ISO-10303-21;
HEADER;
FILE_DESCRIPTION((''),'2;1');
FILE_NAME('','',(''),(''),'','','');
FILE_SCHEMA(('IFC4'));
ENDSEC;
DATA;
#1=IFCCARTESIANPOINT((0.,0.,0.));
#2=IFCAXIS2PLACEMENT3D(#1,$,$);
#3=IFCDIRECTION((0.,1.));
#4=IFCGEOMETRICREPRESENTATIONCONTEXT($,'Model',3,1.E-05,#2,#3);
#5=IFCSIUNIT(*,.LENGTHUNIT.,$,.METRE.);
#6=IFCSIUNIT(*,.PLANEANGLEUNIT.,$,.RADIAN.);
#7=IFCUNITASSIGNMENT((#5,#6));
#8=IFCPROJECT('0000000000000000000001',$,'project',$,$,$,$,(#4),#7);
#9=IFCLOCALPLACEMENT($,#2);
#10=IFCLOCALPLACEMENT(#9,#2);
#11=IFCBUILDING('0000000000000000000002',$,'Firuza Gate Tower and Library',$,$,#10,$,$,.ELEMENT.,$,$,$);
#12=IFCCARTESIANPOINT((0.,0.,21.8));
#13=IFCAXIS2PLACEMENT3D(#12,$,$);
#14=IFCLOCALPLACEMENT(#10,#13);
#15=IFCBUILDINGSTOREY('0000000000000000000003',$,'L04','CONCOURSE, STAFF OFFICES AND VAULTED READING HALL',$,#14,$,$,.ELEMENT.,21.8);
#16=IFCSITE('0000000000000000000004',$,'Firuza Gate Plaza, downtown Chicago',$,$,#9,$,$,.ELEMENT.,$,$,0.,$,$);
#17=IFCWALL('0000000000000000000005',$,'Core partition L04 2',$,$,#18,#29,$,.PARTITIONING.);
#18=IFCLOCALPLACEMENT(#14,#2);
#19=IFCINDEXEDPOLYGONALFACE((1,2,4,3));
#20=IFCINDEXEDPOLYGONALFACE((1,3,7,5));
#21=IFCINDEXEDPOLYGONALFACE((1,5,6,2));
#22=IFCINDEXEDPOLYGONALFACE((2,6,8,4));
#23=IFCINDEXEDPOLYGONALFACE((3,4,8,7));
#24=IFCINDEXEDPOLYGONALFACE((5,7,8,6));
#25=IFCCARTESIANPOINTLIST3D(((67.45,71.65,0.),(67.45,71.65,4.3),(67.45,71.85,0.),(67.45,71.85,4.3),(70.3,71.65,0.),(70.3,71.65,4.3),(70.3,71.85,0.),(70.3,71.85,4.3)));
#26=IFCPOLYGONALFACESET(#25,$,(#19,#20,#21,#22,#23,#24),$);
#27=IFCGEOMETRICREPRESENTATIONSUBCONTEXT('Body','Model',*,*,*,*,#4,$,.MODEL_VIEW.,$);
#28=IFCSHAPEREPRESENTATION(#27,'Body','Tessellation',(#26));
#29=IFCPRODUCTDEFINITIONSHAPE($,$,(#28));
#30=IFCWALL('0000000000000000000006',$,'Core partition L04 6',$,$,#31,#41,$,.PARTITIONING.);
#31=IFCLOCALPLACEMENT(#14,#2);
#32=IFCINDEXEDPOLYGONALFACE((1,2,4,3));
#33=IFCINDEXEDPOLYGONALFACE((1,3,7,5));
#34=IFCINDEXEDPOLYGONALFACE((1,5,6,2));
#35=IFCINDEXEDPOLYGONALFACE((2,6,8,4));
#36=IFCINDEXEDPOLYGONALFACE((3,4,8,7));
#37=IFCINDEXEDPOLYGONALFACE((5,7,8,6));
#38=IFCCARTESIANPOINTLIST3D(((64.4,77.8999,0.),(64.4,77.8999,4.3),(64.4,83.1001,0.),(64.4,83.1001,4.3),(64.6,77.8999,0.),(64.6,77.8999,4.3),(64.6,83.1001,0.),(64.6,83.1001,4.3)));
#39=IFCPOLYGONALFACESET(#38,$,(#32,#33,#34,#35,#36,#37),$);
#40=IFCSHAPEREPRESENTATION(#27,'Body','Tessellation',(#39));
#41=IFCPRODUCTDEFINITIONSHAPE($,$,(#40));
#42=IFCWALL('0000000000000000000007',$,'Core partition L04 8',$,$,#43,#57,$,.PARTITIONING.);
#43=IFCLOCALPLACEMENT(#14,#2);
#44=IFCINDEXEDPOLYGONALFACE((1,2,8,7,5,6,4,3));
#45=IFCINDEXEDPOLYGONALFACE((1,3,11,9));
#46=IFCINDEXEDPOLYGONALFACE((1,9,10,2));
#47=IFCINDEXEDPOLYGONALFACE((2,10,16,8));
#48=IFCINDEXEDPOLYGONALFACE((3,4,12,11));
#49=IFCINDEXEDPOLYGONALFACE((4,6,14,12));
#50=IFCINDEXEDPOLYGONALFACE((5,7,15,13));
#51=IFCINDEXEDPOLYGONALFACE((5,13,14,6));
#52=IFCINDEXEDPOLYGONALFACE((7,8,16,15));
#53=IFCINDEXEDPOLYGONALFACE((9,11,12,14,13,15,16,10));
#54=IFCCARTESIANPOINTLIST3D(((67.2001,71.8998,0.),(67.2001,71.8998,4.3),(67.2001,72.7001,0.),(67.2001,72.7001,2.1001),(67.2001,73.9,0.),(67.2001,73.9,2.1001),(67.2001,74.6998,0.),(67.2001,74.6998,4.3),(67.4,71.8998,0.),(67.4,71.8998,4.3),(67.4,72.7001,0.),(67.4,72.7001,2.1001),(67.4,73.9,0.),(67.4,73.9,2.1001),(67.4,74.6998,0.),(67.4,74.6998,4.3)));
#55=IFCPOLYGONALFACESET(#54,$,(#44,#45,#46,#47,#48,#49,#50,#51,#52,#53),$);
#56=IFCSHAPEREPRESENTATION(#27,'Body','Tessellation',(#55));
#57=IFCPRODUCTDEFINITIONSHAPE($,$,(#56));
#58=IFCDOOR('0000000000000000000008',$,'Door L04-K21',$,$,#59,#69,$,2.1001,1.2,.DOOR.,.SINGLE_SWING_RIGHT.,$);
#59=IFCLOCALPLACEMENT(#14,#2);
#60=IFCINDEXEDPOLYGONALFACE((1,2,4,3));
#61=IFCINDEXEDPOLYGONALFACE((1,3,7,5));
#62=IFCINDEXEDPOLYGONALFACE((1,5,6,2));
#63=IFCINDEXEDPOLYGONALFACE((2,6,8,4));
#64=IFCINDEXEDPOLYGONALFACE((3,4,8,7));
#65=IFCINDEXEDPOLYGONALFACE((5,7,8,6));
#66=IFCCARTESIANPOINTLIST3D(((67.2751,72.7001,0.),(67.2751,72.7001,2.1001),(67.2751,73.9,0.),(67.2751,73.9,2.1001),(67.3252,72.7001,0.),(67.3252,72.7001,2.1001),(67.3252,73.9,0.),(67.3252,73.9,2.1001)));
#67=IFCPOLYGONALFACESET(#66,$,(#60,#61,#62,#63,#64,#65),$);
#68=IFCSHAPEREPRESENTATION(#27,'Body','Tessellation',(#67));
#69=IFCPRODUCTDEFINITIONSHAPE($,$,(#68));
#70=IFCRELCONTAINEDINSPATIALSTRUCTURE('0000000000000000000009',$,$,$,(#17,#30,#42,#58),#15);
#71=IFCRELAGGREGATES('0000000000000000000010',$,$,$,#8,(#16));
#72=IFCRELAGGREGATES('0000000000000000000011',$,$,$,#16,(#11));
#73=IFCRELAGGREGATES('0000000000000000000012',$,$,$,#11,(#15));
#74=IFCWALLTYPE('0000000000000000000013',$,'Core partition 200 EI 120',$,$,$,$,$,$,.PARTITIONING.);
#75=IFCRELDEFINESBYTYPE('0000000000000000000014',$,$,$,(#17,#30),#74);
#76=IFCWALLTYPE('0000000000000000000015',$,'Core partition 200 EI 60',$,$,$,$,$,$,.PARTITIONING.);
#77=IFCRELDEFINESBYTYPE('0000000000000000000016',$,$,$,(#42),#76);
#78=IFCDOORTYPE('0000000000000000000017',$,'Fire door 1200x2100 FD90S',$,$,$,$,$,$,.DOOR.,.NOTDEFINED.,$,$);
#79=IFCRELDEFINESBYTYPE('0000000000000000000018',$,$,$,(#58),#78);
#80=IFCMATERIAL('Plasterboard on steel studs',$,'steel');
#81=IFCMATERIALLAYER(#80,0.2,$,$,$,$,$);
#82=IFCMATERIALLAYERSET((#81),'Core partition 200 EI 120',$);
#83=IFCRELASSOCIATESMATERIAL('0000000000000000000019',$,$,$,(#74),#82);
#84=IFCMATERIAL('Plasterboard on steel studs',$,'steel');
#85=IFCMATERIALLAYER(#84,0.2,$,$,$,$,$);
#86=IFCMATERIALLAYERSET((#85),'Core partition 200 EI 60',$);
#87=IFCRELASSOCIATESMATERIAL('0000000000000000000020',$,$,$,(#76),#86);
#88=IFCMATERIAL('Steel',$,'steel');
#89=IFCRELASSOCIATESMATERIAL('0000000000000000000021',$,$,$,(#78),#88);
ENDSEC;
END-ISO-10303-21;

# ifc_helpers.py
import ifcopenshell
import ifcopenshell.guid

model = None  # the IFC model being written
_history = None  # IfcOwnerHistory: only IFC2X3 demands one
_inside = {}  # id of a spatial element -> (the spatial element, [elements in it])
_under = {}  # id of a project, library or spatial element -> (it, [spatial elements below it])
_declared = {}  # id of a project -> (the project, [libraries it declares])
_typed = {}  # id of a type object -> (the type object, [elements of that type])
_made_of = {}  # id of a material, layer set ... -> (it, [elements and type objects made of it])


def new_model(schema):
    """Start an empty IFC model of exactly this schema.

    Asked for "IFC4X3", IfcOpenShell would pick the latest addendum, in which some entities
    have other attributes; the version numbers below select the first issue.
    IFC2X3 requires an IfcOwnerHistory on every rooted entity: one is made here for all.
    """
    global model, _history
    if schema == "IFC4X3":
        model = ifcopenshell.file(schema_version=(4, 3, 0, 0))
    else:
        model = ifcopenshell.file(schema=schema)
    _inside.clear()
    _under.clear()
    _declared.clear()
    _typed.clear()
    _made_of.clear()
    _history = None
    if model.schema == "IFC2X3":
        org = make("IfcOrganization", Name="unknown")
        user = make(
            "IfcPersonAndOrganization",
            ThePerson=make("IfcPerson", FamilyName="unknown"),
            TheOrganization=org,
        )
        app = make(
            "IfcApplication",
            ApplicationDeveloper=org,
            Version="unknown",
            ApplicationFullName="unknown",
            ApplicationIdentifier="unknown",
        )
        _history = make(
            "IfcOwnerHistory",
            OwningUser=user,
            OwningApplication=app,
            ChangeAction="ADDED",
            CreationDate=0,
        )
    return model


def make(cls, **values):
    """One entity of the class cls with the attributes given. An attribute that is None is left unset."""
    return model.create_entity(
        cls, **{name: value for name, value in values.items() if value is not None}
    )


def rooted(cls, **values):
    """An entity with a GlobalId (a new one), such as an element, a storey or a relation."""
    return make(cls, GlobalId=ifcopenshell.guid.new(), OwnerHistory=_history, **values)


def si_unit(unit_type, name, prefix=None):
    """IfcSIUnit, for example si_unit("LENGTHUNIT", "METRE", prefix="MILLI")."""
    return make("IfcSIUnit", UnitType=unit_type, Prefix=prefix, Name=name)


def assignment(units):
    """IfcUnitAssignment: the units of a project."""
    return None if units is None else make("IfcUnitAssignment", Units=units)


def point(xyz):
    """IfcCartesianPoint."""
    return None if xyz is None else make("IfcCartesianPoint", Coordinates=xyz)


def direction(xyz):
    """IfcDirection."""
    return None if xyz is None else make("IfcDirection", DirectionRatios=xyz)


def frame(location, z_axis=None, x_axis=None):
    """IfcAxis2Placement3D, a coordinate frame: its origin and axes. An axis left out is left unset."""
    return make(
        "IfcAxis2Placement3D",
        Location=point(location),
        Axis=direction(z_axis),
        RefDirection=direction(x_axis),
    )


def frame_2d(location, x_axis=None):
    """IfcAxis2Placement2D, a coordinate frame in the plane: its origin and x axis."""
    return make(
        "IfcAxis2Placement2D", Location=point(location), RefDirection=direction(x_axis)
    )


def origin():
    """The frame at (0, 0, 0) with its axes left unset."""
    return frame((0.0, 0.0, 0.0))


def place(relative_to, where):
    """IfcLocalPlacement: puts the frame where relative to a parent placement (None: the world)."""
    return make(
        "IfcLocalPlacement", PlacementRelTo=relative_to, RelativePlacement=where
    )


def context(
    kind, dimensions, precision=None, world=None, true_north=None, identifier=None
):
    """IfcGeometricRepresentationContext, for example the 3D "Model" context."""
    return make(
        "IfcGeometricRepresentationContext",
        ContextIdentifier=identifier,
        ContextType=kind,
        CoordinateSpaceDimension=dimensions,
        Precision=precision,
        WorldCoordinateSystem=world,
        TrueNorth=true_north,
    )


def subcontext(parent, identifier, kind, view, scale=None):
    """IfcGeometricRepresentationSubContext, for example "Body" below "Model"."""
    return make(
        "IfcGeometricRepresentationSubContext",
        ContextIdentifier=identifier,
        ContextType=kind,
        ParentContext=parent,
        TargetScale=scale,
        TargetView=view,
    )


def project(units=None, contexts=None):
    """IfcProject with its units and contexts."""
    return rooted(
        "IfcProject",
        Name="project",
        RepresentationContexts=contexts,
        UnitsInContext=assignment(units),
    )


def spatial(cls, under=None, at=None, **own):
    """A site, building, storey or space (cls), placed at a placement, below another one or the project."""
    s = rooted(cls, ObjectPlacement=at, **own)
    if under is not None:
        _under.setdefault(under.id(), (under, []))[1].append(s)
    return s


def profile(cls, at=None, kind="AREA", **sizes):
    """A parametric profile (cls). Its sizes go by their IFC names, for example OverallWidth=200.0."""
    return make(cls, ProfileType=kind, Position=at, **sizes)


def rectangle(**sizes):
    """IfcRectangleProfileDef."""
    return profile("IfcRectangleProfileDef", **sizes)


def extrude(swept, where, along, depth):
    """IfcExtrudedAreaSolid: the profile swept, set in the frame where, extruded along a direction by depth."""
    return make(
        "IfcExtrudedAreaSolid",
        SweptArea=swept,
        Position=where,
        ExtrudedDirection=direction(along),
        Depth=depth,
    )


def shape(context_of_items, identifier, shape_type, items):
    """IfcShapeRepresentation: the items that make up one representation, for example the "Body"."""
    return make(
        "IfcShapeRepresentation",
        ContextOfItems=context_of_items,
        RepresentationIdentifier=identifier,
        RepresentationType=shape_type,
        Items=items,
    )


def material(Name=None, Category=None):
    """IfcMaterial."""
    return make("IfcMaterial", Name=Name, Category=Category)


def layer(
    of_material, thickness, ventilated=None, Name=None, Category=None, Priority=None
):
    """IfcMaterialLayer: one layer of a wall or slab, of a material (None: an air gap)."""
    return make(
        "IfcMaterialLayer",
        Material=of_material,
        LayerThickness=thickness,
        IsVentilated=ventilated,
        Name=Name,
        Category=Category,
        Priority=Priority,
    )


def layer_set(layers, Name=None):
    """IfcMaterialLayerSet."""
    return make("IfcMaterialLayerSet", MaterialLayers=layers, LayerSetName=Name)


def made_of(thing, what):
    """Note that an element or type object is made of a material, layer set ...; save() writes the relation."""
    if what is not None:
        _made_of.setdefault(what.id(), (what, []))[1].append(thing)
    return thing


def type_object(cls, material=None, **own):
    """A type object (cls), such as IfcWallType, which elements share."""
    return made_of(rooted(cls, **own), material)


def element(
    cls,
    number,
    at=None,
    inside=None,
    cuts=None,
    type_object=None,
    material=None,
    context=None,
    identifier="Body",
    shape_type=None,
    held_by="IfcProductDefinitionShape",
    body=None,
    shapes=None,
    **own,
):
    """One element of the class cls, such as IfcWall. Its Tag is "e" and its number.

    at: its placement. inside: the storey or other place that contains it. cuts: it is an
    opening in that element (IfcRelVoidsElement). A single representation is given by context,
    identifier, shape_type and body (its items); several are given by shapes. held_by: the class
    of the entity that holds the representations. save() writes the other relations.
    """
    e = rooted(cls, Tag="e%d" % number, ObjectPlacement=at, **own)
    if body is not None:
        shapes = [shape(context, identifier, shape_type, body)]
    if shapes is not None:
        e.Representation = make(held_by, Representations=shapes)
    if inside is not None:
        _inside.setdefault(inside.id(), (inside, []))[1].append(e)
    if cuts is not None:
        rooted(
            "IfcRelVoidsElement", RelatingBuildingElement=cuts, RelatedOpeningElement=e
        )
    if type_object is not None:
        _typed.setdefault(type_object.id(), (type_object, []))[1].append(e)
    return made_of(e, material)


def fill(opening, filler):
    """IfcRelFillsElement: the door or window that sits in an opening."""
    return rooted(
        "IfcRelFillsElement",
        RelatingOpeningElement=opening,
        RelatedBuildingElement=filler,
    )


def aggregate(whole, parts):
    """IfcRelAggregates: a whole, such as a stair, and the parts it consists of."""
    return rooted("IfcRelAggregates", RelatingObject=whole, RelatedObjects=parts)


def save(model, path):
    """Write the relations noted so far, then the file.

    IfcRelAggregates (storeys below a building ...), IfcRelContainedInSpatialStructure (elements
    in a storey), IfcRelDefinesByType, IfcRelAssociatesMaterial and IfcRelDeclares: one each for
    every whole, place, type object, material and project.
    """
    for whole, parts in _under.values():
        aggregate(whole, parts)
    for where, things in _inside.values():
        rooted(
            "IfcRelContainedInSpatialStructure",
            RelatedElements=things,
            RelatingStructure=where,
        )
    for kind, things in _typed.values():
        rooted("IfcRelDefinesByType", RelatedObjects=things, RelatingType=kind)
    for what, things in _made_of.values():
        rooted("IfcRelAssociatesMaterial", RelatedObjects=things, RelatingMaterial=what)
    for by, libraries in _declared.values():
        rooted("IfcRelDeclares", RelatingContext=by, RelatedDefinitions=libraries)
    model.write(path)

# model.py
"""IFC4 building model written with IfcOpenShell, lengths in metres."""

from ifc_helpers import new_model, si_unit, direction, frame, frame_2d, origin, place, context, subcontext, project, spatial, rectangle, extrude, material, layer, layer_set, type_object, element, fill, save


model = new_model("IFC4")

# Units and contexts
model_context = context("Model", 3, precision=1e-05, world=origin(), true_north=direction((0.0, 1.0)))
body_context = subcontext(model_context, "Body", "Model", "MODEL_VIEW")
ifc_project = project(units=[si_unit("LENGTHUNIT", "METRE"), si_unit("PLANEANGLEUNIT", "RADIAN")], contexts=[model_context])

# Site, building, storey
site_placement = place(None, origin())
site = spatial("IfcSite", under=ifc_project, at=site_placement, Name="Firuza Gate Plaza, downtown Chicago", CompositionType="ELEMENT", RefElevation=0.0)
building_placement = place(site_placement, origin())
building = spatial("IfcBuilding", under=site, at=building_placement, Name="Firuza Gate Tower and Library", CompositionType="ELEMENT")
storey_placement = place(building_placement, frame((0.0, 0.0, 21.8)))
storey = spatial("IfcBuildingStorey", under=building, at=storey_placement, Name="L04", Description="CONCOURSE, STAFF OFFICES AND VAULTED READING HALL", CompositionType="ELEMENT", Elevation=21.8)

# Walls
ifc_material_1 = material(Name="Plasterboard on steel studs", Category="steel")
ifc_layer_1 = layer(ifc_material_1, 0.2)
ifc_layer_set_1 = layer_set([ifc_layer_1], Name="Core partition 200 EI 120")
wall_type_1 = type_object("IfcWallType", Name="Core partition 200 EI 120", PredefinedType="PARTITIONING", material=ifc_layer_set_1)
wall_1_placement = place(storey_placement, frame((67.45, 71.75, 0.0), z_axis=(0.0, 0.0, 1.0), x_axis=(1.0, 0.0, 0.0)))
element("IfcWall", 1, at=wall_1_placement, inside=storey, type_object=wall_type_1, Name="Core partition L04 2", PredefinedType="PARTITIONING", context=body_context, shape_type="SweptSolid", body=[
    extrude(rectangle(XDim=2.8501, YDim=0.2, at=frame_2d((1.425, 0.0))), origin(), (0.0, 0.0, 1.0), 4.3),
])
wall_2_placement = place(storey_placement, frame((64.5, 77.8999, 0.0), z_axis=(0.0, 0.0, 1.0), x_axis=(0.0, 1.0, 0.0)))
element("IfcWall", 2, at=wall_2_placement, inside=storey, type_object=wall_type_1, Name="Core partition L04 6", PredefinedType="PARTITIONING", context=body_context, shape_type="SweptSolid", body=[
    extrude(rectangle(XDim=5.2002, YDim=0.2, at=frame_2d((2.6001, 0.0))), origin(), (0.0, 0.0, 1.0), 4.3),
])

# Wall, opening, door
ifc_material_2 = material(Name="Plasterboard on steel studs", Category="steel")
ifc_layer_2 = layer(ifc_material_2, 0.2)
ifc_layer_set_2 = layer_set([ifc_layer_2], Name="Core partition 200 EI 60")
wall_type_2 = type_object("IfcWallType", Name="Core partition 200 EI 60", PredefinedType="PARTITIONING", material=ifc_layer_set_2)
wall_3_placement = place(storey_placement, frame((67.3, 71.8999, 0.0), z_axis=(0.0, 0.0, 1.0), x_axis=(0.0, 1.0, 0.0)))
wall_3 = element("IfcWall", 3, at=wall_3_placement, inside=storey, type_object=wall_type_2, Name="Core partition L04 8", PredefinedType="PARTITIONING", context=body_context, shape_type="SweptSolid", body=[
    extrude(rectangle(XDim=2.8, YDim=0.2, at=frame_2d((1.3999, 0.0))), origin(), (0.0, 0.0, 1.0), 4.3),
])
opening_1_placement = place(wall_3_placement, frame((0.8, 0.0, 0.0)))
opening_1 = element("IfcOpeningElement", 4, at=opening_1_placement, cuts=wall_3, PredefinedType="OPENING", context=body_context, shape_type="SweptSolid", body=[
    extrude(rectangle(XDim=1.2, YDim=2.1001, at=frame_2d((0.6001, 1.05))), frame((0.0, 0.1099, 0.0), z_axis=(0.0, -1.0, 0.0), x_axis=(1.0, 0.0, 0.0)), (0.0, 0.0, 1.0), 0.22),
])
ifc_material_3 = material(Name="Steel", Category="steel")
door_type_1 = type_object("IfcDoorType", Name="Fire door 1200x2100 FD90S", OperationType="NOTDEFINED", PredefinedType="DOOR", material=ifc_material_3)
door_1_placement = place(opening_1_placement, origin())
door_1 = element("IfcDoor", 5, at=door_1_placement, inside=storey, type_object=door_type_1, Name="Door L04-K21", OperationType="SINGLE_SWING_RIGHT", OverallHeight=2.1001, OverallWidth=1.2, PredefinedType="DOOR", context=body_context, shape_type="SweptSolid", body=[
    extrude(rectangle(XDim=1.2, YDim=2.1001, at=frame_2d((0.6001, 1.05))), frame((0.0, 0.0249, 0.0), z_axis=(0.0, -1.0, 0.0), x_axis=(1.0, 0.0, 0.0)), (0.0, 0.0, 1.0), 0.05),
])
fill(opening_1, door_1)

save(model, "model.ifc")
